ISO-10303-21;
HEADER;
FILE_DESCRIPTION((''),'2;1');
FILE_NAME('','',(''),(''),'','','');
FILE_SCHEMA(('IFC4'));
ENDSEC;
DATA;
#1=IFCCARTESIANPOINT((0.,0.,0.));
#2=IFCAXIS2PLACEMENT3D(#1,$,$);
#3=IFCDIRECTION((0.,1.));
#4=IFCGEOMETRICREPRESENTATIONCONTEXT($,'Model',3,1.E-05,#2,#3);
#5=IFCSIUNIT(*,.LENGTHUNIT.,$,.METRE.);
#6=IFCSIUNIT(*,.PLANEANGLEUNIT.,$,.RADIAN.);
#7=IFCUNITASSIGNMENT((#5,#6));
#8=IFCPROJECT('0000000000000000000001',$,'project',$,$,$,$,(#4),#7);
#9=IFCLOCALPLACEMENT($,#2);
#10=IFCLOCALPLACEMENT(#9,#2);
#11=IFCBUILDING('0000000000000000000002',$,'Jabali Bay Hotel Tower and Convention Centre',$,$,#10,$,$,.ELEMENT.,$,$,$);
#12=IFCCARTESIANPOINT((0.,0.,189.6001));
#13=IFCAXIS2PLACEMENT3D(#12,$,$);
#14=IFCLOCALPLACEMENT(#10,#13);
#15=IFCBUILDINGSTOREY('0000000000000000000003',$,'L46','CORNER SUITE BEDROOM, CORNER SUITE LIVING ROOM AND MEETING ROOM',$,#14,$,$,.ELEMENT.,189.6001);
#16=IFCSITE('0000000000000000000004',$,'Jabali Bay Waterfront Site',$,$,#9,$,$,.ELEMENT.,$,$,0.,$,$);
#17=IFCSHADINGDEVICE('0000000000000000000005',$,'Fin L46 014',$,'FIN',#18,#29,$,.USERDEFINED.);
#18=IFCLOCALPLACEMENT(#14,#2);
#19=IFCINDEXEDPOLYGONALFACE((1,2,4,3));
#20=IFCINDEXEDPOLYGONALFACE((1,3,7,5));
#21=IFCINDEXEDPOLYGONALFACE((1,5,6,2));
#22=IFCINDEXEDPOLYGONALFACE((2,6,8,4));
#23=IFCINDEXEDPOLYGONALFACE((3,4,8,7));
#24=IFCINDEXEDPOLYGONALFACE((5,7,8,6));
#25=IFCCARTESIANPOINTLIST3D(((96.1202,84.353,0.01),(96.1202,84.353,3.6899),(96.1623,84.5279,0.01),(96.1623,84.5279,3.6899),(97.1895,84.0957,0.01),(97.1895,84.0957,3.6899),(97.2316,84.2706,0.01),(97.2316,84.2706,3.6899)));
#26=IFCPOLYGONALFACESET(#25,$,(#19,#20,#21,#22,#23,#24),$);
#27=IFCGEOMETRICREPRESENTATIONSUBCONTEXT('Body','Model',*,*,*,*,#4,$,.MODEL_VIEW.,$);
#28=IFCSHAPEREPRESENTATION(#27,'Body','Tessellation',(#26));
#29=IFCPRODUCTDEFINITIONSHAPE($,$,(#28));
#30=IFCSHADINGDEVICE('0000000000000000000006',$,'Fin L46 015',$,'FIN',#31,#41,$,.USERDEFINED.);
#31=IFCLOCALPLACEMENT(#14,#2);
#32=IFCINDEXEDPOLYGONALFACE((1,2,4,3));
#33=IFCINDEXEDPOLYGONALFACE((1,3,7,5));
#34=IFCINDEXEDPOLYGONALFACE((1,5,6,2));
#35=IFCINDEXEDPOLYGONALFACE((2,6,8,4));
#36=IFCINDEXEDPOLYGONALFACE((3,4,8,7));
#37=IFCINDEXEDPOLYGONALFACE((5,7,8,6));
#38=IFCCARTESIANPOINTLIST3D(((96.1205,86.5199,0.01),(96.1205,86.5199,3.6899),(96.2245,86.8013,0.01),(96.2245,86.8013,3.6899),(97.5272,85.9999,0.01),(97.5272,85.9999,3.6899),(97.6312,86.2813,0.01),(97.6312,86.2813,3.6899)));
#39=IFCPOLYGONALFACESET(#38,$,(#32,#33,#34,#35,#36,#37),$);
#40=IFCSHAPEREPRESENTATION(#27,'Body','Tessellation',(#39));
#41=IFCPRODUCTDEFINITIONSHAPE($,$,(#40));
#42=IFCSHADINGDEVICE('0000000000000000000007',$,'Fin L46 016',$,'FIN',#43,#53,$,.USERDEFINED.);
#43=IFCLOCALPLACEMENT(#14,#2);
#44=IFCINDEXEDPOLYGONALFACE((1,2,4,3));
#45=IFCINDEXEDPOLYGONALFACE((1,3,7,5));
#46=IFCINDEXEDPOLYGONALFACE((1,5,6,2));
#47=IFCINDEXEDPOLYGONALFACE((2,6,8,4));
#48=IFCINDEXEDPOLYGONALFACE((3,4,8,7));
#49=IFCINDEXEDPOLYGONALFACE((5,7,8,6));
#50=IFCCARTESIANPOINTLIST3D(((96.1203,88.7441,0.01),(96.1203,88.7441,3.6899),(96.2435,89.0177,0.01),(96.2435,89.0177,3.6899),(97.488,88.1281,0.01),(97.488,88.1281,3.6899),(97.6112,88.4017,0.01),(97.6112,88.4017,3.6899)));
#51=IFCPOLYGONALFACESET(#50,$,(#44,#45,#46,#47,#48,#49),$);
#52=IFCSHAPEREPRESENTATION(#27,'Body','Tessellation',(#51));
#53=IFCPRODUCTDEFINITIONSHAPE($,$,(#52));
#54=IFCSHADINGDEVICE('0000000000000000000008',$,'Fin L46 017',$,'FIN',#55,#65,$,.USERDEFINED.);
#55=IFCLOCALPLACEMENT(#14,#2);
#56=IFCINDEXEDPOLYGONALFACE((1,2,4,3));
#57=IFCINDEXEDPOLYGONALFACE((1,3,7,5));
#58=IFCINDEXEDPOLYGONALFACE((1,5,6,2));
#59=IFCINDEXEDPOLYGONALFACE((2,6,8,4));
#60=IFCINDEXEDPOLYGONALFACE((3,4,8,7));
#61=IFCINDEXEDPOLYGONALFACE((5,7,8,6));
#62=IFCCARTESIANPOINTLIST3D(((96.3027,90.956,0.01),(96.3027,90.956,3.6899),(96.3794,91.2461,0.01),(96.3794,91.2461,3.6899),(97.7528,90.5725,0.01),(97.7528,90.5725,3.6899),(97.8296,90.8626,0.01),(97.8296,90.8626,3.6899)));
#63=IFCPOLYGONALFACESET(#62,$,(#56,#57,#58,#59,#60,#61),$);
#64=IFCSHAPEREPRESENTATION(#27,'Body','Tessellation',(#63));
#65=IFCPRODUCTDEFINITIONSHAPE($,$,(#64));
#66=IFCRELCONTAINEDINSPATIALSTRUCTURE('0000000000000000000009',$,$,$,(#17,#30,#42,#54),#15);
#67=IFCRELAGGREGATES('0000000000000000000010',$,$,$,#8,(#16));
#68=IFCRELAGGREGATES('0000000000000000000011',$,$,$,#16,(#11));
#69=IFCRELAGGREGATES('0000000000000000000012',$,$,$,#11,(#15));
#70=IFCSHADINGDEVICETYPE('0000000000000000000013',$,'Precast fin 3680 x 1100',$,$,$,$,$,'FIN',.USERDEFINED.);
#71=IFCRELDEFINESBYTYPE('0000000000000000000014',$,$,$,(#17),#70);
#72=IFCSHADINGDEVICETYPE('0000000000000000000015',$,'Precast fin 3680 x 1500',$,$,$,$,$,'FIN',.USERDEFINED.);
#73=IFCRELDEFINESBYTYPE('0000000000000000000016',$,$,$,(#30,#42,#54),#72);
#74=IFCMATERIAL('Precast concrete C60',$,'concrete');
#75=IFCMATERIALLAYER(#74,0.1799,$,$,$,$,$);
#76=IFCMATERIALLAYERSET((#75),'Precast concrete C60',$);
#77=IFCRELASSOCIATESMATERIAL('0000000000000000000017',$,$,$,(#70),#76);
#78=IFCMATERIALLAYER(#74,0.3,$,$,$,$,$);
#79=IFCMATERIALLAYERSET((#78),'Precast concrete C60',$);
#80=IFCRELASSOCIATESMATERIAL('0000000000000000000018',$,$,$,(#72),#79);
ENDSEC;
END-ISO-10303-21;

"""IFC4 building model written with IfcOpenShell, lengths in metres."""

from ifc_helpers import new_model, si_unit, direction, frame, frame_2d, origin, place, context, subcontext, project, spatial, rectangle, extrude, material, layer, layer_set, type_object, element, save


model = new_model("IFC4")

# Units and contexts
model_context = context("Model", 3, precision=1e-05, world=origin(), true_north=direction((0.0, 1.0)))
body_context = subcontext(model_context, "Body", "Model", "MODEL_VIEW")
ifc_project = project(units=[si_unit("LENGTHUNIT", "METRE"), si_unit("PLANEANGLEUNIT", "RADIAN")], contexts=[model_context])

# Site, building, storey
site_placement = place(None, origin())
site = spatial("IfcSite", under=ifc_project, at=site_placement, Name="Jabali Bay Waterfront Site", CompositionType="ELEMENT", RefElevation=0.0)
building_placement = place(site_placement, origin())
building = spatial("IfcBuilding", under=site, at=building_placement, Name="Jabali Bay Hotel Tower and Convention Centre", CompositionType="ELEMENT")
storey_placement = place(building_placement, frame((0.0, 0.0, 189.6001)))
storey = spatial("IfcBuildingStorey", under=building, at=storey_placement, Name="L46", Description="CORNER SUITE BEDROOM, CORNER SUITE LIVING ROOM AND MEETING ROOM", CompositionType="ELEMENT", Elevation=189.6001)

# Shading devices
ifc_material_1 = material(Name="Precast concrete C60", Category="concrete")
ifc_layer_1 = layer(ifc_material_1, 0.1799)
ifc_layer_set_1 = layer_set([ifc_layer_1], Name="Precast concrete C60")
shading_device_type_1 = type_object("IfcShadingDeviceType", Name="Precast fin 3680 x 1100", ElementType="FIN", PredefinedType="USERDEFINED", material=ifc_layer_set_1)
shading_device_1_placement = place(storey_placement, frame((96.1414, 84.4404, 0.01), z_axis=(0.0, 0.0, 1.0), x_axis=(0.972246, -0.233961, 0.0)))
element("IfcShadingDevice", 1, at=shading_device_1_placement, inside=storey, type_object=shading_device_type_1, Name="Fin L46 014", ObjectType="FIN", PredefinedType="USERDEFINED", context=body_context, shape_type="SweptSolid", body=[
    extrude(rectangle(XDim=1.0999, YDim=0.1799, at=frame_2d((0.5498, 0.0))), origin(), (0.0, 0.0, 1.0), 3.6799),
])
ifc_layer_2 = layer(ifc_material_1, 0.3)
ifc_layer_set_2 = layer_set([ifc_layer_2], Name="Precast concrete C60")
shading_device_type_2 = type_object("IfcShadingDeviceType", Name="Precast fin 3680 x 1500", ElementType="FIN", PredefinedType="USERDEFINED", material=ifc_layer_set_2)
shading_device_2_placement = place(storey_placement, frame((96.1724, 86.6606, 0.01), z_axis=(0.0, 0.0, 1.0), x_axis=(0.937965, -0.346731, 0.0)))
element("IfcShadingDevice", 2, at=shading_device_2_placement, inside=storey, type_object=shading_device_type_2, Name="Fin L46 015", ObjectType="FIN", PredefinedType="USERDEFINED", context=body_context, shape_type="SweptSolid", body=[
    extrude(rectangle(XDim=1.4998, YDim=0.3, at=frame_2d((0.75, 0.0))), origin(), (0.0, 0.0, 1.0), 3.6799),
])
for number, where, z_axis, x_axis, name in (
    (3, (96.1819, 88.8809, 0.01), (0.0, 0.0, 1.0), (0.911794, -0.410649, 0.0), "Fin L46 016"),
    (4, (96.3411, 91.1011, 0.01), (0.0, 0.0, 1.0), (0.96676, -0.255687, 0.0), "Fin L46 017"),
):
    element("IfcShadingDevice", number, at=place(storey_placement, frame(where, z_axis=z_axis, x_axis=x_axis)), inside=storey, type_object=shading_device_type_2, Name=name, ObjectType="FIN", PredefinedType="USERDEFINED", context=body_context, shape_type="SweptSolid", body=[
        extrude(rectangle(XDim=1.5, YDim=0.3, at=frame_2d((0.75, 0.0))), origin(), (0.0, 0.0, 1.0), 3.6799),
    ])

save(model, "model.ifc")
